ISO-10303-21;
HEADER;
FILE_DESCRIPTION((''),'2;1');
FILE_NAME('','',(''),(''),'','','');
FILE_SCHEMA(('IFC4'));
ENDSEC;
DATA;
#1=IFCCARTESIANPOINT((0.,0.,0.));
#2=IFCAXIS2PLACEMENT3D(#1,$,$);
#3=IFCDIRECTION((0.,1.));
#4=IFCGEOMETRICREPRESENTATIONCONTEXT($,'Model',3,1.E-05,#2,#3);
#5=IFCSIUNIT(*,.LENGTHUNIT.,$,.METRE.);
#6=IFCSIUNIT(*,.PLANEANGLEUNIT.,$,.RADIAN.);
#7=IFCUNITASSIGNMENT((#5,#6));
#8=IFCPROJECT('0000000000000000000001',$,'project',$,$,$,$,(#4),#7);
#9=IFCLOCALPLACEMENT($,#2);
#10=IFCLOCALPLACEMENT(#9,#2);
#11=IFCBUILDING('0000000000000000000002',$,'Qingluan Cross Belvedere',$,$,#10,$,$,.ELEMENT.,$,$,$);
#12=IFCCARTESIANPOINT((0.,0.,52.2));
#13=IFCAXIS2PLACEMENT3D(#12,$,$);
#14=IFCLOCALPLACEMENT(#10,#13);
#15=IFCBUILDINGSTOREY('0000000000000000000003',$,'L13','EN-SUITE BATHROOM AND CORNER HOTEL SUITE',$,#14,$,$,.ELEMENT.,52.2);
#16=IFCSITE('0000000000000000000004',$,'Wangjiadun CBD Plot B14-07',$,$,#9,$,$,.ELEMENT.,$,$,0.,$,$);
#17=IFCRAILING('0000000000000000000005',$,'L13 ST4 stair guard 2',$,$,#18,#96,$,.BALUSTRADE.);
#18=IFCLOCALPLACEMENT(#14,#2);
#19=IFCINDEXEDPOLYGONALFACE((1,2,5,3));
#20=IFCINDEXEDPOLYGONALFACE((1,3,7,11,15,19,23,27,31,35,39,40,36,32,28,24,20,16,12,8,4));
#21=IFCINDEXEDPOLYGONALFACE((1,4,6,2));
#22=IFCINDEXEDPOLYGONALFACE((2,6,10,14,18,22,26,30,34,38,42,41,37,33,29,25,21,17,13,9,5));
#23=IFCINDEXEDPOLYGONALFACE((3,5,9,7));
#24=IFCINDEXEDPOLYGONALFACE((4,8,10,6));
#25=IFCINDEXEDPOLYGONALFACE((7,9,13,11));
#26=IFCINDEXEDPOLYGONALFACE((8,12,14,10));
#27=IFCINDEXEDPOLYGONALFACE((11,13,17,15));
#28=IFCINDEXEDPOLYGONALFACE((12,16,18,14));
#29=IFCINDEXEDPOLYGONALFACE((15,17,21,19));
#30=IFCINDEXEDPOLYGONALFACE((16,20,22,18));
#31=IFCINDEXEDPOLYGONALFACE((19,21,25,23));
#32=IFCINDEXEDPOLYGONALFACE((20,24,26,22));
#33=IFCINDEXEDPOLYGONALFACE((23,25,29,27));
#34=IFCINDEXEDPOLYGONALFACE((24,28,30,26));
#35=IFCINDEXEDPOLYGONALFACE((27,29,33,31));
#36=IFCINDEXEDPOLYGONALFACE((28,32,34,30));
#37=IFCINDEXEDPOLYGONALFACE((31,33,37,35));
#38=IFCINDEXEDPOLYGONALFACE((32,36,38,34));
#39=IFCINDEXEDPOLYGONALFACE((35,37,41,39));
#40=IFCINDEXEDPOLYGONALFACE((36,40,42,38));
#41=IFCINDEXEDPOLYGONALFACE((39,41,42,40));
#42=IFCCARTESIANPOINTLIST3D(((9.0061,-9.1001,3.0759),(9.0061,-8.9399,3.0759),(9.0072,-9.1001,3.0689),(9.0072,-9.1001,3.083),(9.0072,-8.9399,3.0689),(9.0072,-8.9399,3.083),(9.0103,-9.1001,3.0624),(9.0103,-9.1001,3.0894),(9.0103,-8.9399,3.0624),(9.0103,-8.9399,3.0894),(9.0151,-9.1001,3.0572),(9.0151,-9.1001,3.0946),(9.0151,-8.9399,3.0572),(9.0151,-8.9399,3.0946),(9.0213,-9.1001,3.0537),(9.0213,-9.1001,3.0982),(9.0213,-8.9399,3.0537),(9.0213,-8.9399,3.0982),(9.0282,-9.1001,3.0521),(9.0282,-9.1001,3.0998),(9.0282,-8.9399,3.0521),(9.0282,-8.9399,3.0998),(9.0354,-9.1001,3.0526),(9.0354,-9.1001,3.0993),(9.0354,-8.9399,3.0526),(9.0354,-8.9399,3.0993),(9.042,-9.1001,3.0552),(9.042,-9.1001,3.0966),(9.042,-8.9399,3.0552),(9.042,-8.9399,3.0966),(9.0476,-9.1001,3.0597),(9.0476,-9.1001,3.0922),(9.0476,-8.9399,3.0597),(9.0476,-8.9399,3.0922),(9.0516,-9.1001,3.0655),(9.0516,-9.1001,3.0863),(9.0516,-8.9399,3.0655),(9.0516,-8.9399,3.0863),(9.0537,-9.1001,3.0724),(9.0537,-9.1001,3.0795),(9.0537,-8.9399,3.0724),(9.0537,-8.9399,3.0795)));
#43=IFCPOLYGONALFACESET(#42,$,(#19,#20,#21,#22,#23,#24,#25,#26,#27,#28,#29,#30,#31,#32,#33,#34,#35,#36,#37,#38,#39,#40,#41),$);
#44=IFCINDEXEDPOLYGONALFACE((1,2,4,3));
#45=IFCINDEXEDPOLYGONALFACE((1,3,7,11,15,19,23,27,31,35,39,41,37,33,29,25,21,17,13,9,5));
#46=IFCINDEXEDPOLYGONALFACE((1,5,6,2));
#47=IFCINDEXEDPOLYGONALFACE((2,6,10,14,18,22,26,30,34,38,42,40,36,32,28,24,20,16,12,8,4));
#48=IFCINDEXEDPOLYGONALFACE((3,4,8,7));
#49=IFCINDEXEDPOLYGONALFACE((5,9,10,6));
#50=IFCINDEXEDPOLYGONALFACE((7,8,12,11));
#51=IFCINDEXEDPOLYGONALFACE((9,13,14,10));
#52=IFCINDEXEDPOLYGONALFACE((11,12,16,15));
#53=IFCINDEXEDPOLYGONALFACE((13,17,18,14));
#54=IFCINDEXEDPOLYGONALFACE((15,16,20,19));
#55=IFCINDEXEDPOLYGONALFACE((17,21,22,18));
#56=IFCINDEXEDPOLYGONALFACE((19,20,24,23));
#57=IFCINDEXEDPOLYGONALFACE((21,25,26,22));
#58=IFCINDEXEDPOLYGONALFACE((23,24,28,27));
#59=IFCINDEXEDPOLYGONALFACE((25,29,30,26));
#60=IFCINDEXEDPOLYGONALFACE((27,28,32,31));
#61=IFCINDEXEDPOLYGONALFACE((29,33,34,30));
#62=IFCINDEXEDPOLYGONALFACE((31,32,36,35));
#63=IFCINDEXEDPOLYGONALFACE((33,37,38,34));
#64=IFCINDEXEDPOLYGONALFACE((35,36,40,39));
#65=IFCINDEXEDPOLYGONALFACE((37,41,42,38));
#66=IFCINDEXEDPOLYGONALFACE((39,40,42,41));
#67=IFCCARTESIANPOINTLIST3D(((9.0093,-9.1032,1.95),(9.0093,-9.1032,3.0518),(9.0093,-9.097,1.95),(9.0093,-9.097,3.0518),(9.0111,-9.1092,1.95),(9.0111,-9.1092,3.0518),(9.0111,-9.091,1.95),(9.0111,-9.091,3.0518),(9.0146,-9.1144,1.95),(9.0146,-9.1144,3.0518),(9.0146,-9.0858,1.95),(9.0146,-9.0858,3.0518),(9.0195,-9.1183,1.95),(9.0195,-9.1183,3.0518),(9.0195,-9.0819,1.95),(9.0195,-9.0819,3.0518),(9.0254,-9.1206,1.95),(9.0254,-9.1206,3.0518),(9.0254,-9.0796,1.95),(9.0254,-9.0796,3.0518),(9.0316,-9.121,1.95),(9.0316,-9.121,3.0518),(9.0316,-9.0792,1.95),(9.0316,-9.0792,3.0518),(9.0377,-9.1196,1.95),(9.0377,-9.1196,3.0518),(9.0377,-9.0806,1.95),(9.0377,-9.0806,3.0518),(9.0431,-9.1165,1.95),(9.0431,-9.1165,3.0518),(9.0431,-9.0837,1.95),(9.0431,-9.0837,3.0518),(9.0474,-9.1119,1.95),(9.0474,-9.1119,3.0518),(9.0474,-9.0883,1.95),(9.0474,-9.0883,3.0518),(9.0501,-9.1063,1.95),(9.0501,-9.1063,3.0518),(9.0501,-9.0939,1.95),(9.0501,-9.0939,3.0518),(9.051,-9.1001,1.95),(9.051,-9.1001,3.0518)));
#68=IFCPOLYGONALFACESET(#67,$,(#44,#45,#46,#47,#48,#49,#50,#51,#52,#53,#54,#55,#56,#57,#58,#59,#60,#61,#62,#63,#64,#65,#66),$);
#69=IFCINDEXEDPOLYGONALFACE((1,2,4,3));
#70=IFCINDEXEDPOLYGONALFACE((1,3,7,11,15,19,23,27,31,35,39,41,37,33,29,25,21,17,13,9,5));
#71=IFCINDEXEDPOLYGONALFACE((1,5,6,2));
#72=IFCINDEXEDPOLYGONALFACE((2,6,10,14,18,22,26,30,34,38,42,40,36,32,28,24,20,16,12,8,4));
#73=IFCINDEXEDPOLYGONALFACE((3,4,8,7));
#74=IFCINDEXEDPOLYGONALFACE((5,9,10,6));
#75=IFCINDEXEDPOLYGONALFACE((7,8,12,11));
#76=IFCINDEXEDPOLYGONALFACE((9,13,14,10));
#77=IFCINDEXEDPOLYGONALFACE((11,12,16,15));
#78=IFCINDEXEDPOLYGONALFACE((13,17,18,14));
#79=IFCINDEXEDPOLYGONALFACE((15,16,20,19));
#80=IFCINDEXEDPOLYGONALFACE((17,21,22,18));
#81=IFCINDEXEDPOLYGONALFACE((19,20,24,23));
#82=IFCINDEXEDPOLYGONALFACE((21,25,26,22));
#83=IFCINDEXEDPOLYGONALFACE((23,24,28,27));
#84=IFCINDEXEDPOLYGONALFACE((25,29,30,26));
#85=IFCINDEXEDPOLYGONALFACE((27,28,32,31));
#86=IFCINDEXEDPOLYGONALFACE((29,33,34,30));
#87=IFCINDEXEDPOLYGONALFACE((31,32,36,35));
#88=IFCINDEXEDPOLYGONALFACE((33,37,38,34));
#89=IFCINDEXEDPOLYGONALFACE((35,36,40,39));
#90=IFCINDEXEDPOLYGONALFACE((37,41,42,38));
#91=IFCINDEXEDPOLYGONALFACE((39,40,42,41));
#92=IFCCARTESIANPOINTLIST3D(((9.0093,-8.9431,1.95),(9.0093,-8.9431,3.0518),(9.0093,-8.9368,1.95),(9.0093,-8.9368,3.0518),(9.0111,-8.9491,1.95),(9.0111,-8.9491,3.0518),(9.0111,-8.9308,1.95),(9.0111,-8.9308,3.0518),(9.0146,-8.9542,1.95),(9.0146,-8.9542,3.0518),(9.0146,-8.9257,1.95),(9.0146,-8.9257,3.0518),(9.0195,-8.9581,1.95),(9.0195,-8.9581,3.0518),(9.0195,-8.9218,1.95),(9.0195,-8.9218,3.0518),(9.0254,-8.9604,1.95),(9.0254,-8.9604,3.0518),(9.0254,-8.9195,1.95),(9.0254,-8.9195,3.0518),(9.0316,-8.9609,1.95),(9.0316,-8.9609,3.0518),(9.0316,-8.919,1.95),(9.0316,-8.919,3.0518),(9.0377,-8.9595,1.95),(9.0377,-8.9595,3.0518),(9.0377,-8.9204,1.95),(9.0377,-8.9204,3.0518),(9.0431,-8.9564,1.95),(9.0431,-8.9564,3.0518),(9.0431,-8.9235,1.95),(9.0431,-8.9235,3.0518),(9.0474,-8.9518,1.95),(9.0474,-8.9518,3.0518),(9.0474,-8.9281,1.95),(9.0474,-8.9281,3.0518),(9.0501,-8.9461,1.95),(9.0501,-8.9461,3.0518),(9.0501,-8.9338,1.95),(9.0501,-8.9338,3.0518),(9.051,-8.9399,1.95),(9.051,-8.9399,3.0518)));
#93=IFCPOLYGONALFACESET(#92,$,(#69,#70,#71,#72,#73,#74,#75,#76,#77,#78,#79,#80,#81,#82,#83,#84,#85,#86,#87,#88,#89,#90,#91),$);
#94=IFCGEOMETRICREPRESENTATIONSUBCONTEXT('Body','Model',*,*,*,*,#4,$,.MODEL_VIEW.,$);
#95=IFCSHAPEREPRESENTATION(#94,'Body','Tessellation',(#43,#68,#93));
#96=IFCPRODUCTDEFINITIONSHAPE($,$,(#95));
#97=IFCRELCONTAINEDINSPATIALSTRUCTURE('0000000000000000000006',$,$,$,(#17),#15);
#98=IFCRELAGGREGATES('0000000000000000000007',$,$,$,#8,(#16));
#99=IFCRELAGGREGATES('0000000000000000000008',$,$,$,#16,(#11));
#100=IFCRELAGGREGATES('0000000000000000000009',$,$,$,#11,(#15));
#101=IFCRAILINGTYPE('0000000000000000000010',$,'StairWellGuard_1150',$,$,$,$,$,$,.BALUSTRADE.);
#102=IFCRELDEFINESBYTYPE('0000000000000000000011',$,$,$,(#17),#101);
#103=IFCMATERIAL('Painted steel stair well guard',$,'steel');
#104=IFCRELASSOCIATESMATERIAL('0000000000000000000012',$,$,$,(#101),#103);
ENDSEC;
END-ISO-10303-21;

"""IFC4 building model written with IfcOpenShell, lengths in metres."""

from ifc_helpers import new_model, si_unit, direction, frame, origin, origin_2d, place, context, subcontext, project, spatial, circle, extrude, material, type_object, element, save


model = new_model("IFC4")

# Units and contexts
model_context = context("Model", 3, precision=1e-05, world=origin(), true_north=direction((0.0, 1.0)))
body_context = subcontext(model_context, "Body", "Model", "MODEL_VIEW")
ifc_project = project(units=[si_unit("LENGTHUNIT", "METRE"), si_unit("PLANEANGLEUNIT", "RADIAN")], contexts=[model_context])

# Site, building, storey
site_placement = place(None, origin())
site = spatial("IfcSite", under=ifc_project, at=site_placement, Name="Wangjiadun CBD Plot B14-07", CompositionType="ELEMENT", RefElevation=0.0)
building_placement = place(site_placement, origin())
building = spatial("IfcBuilding", under=site, at=building_placement, Name="Qingluan Cross Belvedere", CompositionType="ELEMENT")
storey_placement = place(building_placement, frame((0.0, 0.0, 52.2)))
storey = spatial("IfcBuildingStorey", under=building, at=storey_placement, Name="L13", Description="EN-SUITE BATHROOM AND CORNER HOTEL SUITE", CompositionType="ELEMENT", Elevation=52.2)

# Railing
ifc_material_1 = material(Name="Painted steel stair well guard", Category="steel")
railing_type_1 = type_object("IfcRailingType", Name="StairWellGuard_1150", PredefinedType="BALUSTRADE", material=ifc_material_1)
railing_1_placement = place(storey_placement, frame((9.03, -9.1001, 1.95)))
element("IfcRailing", 1, at=railing_1_placement, inside=storey, type_object=railing_type_1, Name="L13 ST4 stair guard 2", PredefinedType="BALUSTRADE", context=body_context, shape_type="SweptSolid", body=[
    extrude(circle(Radius=0.0239, at=origin_2d()), frame((0.0, 0.0, 1.126), z_axis=(0.0, 1.0, 0.0), x_axis=(-1.0, 0.0, 0.0)), (0.0, 0.0, 1.0), 0.1602),
    extrude(circle(Radius=0.021, at=origin_2d()), origin(), (0.0, 0.0, 1.0), 1.1018),
    extrude(circle(Radius=0.021, at=origin_2d()), frame((0.0, 0.1602, 0.0)), (0.0, 0.0, 1.0), 1.1018),
])

save(model, "model.ifc")
